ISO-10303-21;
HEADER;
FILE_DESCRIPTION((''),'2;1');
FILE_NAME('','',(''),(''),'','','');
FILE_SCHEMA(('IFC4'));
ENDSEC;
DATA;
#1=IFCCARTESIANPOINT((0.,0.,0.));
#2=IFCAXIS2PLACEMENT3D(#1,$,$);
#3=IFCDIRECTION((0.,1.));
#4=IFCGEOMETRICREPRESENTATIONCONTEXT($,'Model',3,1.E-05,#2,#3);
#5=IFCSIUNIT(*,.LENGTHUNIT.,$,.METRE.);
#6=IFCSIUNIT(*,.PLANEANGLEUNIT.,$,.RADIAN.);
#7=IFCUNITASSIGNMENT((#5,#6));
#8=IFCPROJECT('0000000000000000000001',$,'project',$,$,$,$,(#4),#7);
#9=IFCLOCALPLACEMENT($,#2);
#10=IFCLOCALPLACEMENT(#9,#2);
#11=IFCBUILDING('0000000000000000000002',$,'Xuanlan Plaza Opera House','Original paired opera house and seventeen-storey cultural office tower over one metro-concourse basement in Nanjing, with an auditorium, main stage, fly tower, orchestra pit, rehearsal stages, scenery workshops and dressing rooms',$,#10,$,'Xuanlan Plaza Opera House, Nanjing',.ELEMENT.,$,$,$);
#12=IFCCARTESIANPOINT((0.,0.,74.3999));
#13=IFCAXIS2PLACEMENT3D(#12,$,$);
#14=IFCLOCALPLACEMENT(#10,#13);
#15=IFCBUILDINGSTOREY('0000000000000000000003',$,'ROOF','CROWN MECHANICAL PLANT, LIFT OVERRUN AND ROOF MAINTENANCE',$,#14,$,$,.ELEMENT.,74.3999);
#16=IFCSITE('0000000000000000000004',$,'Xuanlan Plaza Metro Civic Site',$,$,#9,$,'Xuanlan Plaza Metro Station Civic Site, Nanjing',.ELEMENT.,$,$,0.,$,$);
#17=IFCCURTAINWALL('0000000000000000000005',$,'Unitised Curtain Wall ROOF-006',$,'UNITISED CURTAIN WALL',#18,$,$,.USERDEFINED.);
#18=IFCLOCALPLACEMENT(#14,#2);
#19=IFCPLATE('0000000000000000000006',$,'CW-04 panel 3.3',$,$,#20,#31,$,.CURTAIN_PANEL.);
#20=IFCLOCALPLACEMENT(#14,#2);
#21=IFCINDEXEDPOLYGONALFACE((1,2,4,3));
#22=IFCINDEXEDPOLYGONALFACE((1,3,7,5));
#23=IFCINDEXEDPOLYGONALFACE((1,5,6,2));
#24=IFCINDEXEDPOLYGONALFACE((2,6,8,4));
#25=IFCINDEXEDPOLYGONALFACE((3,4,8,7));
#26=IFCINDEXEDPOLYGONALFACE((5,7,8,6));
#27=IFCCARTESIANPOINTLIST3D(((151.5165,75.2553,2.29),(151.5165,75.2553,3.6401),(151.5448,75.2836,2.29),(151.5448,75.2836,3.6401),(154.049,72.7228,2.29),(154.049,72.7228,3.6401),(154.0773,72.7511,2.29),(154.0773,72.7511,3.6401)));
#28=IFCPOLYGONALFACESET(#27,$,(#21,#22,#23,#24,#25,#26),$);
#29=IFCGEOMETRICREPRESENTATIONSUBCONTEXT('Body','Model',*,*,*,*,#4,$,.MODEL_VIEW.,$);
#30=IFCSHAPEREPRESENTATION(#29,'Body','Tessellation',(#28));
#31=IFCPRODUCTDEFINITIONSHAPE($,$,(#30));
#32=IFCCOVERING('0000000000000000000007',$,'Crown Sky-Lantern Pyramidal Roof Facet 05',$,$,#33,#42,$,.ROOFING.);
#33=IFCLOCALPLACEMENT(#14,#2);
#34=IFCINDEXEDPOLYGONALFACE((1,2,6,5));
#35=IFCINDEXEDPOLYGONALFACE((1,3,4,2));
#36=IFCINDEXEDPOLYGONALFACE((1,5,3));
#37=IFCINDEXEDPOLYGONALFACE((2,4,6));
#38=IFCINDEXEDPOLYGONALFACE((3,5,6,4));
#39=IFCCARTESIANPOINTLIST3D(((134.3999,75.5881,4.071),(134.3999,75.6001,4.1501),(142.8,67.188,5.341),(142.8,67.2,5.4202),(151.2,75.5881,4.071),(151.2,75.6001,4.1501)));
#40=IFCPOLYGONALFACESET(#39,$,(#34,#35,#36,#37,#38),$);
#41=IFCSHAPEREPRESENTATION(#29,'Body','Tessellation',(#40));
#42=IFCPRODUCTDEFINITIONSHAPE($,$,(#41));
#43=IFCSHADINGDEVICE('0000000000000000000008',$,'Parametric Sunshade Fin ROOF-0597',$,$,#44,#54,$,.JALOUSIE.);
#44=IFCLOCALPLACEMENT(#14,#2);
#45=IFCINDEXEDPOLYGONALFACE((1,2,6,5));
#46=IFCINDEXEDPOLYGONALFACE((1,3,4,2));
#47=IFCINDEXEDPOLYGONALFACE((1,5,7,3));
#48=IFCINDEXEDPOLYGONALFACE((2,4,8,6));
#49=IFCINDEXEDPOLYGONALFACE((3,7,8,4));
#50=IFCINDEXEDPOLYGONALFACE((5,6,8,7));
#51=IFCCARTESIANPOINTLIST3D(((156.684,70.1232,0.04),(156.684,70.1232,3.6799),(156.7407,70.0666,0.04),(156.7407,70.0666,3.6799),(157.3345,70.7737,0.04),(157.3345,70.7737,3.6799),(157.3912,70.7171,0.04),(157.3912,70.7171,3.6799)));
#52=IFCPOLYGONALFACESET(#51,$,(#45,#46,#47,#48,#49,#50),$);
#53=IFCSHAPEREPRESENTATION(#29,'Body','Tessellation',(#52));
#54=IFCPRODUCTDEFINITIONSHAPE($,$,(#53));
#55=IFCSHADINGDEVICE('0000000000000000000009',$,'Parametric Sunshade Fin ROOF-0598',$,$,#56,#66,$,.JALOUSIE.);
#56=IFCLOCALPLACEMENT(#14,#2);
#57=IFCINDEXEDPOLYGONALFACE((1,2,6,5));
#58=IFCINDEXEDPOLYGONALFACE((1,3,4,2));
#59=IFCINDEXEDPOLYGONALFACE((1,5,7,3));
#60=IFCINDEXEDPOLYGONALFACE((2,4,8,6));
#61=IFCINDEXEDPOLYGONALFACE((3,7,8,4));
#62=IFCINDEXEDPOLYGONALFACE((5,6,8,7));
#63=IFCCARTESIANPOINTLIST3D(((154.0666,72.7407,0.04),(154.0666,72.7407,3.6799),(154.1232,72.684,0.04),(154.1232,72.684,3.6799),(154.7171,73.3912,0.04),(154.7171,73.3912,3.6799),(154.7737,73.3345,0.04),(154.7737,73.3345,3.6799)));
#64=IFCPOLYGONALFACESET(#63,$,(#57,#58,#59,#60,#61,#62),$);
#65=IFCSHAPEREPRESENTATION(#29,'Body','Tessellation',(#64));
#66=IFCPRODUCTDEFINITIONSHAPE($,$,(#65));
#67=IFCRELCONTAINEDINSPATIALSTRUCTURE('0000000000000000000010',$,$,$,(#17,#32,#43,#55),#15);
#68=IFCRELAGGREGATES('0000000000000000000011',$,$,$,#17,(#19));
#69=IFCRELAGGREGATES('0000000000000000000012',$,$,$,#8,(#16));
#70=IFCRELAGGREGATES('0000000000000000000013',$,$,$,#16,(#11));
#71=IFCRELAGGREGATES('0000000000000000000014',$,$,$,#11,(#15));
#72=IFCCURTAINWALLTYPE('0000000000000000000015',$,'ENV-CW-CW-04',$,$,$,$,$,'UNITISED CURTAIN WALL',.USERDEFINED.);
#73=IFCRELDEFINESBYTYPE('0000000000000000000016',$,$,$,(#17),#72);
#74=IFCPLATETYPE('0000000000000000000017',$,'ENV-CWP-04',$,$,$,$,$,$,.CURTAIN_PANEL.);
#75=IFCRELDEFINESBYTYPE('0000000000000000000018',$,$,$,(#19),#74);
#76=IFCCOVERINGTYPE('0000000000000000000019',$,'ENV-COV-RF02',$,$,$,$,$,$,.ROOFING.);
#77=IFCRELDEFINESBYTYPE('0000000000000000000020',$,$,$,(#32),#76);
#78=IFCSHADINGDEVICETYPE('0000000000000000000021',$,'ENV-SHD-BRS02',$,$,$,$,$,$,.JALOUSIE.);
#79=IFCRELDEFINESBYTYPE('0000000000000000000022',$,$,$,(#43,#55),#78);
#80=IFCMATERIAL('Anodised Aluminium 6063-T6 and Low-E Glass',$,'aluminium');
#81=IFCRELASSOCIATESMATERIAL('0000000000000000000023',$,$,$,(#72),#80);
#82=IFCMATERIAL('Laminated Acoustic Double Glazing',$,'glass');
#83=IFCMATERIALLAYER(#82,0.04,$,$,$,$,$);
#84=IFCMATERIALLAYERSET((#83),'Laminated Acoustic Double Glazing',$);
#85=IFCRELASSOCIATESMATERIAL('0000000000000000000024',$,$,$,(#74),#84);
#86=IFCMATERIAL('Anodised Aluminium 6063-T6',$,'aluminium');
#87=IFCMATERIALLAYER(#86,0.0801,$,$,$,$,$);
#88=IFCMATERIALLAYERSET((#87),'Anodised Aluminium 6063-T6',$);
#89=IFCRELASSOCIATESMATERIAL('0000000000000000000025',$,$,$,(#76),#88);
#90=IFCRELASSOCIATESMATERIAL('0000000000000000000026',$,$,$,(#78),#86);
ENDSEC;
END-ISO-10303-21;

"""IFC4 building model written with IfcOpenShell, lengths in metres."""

from ifc_helpers import new_model, si_unit, direction, frame, origin, origin_2d, place, context, subcontext, project, spatial, polyline, rectangle, outline, extrude, material, layer, layer_set, type_object, element, aggregate, save


model = new_model("IFC4")

# Units and contexts
model_context = context("Model", 3, precision=1e-05, world=origin(), true_north=direction((0.0, 1.0)))
body_context = subcontext(model_context, "Body", "Model", "MODEL_VIEW")
ifc_project = project(units=[si_unit("LENGTHUNIT", "METRE"), si_unit("PLANEANGLEUNIT", "RADIAN")], contexts=[model_context])

# Site, building, storey
site_placement = place(None, origin())
site = spatial("IfcSite", under=ifc_project, at=site_placement, Name="Xuanlan Plaza Metro Civic Site", LongName="Xuanlan Plaza Metro Station Civic Site, Nanjing", CompositionType="ELEMENT", RefElevation=0.0)
building_placement = place(site_placement, origin())
building = spatial("IfcBuilding", under=site, at=building_placement, Name="Xuanlan Plaza Opera House", Description="Original paired opera house and seventeen-storey cultural office tower over one metro-concourse basement in Nanjing, with an auditorium, main stage, fly tower, orchestra pit, rehearsal stages, scenery workshops and dressing rooms", LongName="Xuanlan Plaza Opera House, Nanjing", CompositionType="ELEMENT")
storey_placement = place(building_placement, frame((0.0, 0.0, 74.3999)))
storey = spatial("IfcBuildingStorey", under=building, at=storey_placement, Name="ROOF", Description="CROWN MECHANICAL PLANT, LIFT OVERRUN AND ROOF MAINTENANCE", CompositionType="ELEMENT", Elevation=74.3999)

# Curtain wall
ifc_material_1 = material(Name="Anodised Aluminium 6063-T6 and Low-E Glass", Category="aluminium")
curtain_wall_type = type_object("IfcCurtainWallType", Name="ENV-CW-CW-04", ElementType="UNITISED CURTAIN WALL", PredefinedType="USERDEFINED", material=ifc_material_1)
curtain_wall_placement = place(storey_placement, origin())
curtain_wall = element("IfcCurtainWall", 1, at=curtain_wall_placement, inside=storey, type_object=curtain_wall_type, Name="Unitised Curtain Wall ROOF-006", ObjectType="UNITISED CURTAIN WALL", PredefinedType="USERDEFINED")
ifc_material_2 = material(Name="Anodised Aluminium 6063-T6", Category="aluminium")

# Plate
ifc_material_3 = material(Name="Laminated Acoustic Double Glazing", Category="glass")
ifc_layer_1 = layer(ifc_material_3, 0.04)
ifc_layer_set_1 = layer_set([ifc_layer_1], Name="Laminated Acoustic Double Glazing")
plate_type = type_object("IfcPlateType", Name="ENV-CWP-04", PredefinedType="CURTAIN_PANEL", material=ifc_layer_set_1)
plate_1_placement = place(storey_placement, frame((152.7969, 74.0032, 2.29), z_axis=(0.0, 0.0, 1.0), x_axis=(-0.707107, 0.707107, 0.0)))
plate_1 = element("IfcPlate", 2, at=plate_1_placement, type_object=plate_type, Name="CW-04 panel 3.3", PredefinedType="CURTAIN_PANEL", context=body_context, shape_type="SweptSolid", body=[
    extrude(rectangle(XDim=3.5815, YDim=0.04, at=origin_2d()), origin(), (0.0, 0.0, 1.0), 1.3501),
])
aggregate(curtain_wall, [plate_1])

# Covering
ifc_layer_2 = layer(ifc_material_2, 0.0801)
ifc_layer_set_2 = layer_set([ifc_layer_2], Name="Anodised Aluminium 6063-T6")
covering_type = type_object("IfcCoveringType", Name="ENV-COV-RF02", PredefinedType="ROOFING", material=ifc_layer_set_2)
covering_placement = place(storey_placement, frame((151.2, 75.6001, 4.1501), z_axis=(0.0, 0.149491, 0.988763), x_axis=(-1.0, 0.0, 0.0)))
element("IfcCovering", 3, at=covering_placement, inside=storey, type_object=covering_type, Name="Crown Sky-Lantern Pyramidal Roof Facet 05", PredefinedType="ROOFING", context=body_context, shape_type="SweptSolid", body=[
    extrude(outline(polyline([(0.0, 0.0), (16.8, 0.0), (8.3999, 8.4956), (0.0, 0.0)])), origin(), (0.0, 0.0, -1.0), 0.0801),
])

# Shading devices
shading_device_type = type_object("IfcShadingDeviceType", Name="ENV-SHD-BRS02", PredefinedType="JALOUSIE", material=ifc_material_2)
for number, where, z_axis, x_axis, name in (
    (4, (157.0376, 70.4202, 0.04), (0.0, 0.0, 1.0), (0.707107, 0.707107, 0.0), "Parametric Sunshade Fin ROOF-0597"),
    (5, (154.4202, 73.0376, 0.04), (0.0, 0.0, 1.0), (0.707107, 0.707107, 0.0), "Parametric Sunshade Fin ROOF-0598"),
):
    element("IfcShadingDevice", number, at=place(storey_placement, frame(where, z_axis=z_axis, x_axis=x_axis)), inside=storey, type_object=shading_device_type, Name=name, PredefinedType="JALOUSIE", context=body_context, shape_type="SweptSolid", body=[
        extrude(rectangle(XDim=0.9199, YDim=0.0801, at=origin_2d()), origin(), (0.0, 0.0, 1.0), 3.6399),
    ])

save(model, "model.ifc")
